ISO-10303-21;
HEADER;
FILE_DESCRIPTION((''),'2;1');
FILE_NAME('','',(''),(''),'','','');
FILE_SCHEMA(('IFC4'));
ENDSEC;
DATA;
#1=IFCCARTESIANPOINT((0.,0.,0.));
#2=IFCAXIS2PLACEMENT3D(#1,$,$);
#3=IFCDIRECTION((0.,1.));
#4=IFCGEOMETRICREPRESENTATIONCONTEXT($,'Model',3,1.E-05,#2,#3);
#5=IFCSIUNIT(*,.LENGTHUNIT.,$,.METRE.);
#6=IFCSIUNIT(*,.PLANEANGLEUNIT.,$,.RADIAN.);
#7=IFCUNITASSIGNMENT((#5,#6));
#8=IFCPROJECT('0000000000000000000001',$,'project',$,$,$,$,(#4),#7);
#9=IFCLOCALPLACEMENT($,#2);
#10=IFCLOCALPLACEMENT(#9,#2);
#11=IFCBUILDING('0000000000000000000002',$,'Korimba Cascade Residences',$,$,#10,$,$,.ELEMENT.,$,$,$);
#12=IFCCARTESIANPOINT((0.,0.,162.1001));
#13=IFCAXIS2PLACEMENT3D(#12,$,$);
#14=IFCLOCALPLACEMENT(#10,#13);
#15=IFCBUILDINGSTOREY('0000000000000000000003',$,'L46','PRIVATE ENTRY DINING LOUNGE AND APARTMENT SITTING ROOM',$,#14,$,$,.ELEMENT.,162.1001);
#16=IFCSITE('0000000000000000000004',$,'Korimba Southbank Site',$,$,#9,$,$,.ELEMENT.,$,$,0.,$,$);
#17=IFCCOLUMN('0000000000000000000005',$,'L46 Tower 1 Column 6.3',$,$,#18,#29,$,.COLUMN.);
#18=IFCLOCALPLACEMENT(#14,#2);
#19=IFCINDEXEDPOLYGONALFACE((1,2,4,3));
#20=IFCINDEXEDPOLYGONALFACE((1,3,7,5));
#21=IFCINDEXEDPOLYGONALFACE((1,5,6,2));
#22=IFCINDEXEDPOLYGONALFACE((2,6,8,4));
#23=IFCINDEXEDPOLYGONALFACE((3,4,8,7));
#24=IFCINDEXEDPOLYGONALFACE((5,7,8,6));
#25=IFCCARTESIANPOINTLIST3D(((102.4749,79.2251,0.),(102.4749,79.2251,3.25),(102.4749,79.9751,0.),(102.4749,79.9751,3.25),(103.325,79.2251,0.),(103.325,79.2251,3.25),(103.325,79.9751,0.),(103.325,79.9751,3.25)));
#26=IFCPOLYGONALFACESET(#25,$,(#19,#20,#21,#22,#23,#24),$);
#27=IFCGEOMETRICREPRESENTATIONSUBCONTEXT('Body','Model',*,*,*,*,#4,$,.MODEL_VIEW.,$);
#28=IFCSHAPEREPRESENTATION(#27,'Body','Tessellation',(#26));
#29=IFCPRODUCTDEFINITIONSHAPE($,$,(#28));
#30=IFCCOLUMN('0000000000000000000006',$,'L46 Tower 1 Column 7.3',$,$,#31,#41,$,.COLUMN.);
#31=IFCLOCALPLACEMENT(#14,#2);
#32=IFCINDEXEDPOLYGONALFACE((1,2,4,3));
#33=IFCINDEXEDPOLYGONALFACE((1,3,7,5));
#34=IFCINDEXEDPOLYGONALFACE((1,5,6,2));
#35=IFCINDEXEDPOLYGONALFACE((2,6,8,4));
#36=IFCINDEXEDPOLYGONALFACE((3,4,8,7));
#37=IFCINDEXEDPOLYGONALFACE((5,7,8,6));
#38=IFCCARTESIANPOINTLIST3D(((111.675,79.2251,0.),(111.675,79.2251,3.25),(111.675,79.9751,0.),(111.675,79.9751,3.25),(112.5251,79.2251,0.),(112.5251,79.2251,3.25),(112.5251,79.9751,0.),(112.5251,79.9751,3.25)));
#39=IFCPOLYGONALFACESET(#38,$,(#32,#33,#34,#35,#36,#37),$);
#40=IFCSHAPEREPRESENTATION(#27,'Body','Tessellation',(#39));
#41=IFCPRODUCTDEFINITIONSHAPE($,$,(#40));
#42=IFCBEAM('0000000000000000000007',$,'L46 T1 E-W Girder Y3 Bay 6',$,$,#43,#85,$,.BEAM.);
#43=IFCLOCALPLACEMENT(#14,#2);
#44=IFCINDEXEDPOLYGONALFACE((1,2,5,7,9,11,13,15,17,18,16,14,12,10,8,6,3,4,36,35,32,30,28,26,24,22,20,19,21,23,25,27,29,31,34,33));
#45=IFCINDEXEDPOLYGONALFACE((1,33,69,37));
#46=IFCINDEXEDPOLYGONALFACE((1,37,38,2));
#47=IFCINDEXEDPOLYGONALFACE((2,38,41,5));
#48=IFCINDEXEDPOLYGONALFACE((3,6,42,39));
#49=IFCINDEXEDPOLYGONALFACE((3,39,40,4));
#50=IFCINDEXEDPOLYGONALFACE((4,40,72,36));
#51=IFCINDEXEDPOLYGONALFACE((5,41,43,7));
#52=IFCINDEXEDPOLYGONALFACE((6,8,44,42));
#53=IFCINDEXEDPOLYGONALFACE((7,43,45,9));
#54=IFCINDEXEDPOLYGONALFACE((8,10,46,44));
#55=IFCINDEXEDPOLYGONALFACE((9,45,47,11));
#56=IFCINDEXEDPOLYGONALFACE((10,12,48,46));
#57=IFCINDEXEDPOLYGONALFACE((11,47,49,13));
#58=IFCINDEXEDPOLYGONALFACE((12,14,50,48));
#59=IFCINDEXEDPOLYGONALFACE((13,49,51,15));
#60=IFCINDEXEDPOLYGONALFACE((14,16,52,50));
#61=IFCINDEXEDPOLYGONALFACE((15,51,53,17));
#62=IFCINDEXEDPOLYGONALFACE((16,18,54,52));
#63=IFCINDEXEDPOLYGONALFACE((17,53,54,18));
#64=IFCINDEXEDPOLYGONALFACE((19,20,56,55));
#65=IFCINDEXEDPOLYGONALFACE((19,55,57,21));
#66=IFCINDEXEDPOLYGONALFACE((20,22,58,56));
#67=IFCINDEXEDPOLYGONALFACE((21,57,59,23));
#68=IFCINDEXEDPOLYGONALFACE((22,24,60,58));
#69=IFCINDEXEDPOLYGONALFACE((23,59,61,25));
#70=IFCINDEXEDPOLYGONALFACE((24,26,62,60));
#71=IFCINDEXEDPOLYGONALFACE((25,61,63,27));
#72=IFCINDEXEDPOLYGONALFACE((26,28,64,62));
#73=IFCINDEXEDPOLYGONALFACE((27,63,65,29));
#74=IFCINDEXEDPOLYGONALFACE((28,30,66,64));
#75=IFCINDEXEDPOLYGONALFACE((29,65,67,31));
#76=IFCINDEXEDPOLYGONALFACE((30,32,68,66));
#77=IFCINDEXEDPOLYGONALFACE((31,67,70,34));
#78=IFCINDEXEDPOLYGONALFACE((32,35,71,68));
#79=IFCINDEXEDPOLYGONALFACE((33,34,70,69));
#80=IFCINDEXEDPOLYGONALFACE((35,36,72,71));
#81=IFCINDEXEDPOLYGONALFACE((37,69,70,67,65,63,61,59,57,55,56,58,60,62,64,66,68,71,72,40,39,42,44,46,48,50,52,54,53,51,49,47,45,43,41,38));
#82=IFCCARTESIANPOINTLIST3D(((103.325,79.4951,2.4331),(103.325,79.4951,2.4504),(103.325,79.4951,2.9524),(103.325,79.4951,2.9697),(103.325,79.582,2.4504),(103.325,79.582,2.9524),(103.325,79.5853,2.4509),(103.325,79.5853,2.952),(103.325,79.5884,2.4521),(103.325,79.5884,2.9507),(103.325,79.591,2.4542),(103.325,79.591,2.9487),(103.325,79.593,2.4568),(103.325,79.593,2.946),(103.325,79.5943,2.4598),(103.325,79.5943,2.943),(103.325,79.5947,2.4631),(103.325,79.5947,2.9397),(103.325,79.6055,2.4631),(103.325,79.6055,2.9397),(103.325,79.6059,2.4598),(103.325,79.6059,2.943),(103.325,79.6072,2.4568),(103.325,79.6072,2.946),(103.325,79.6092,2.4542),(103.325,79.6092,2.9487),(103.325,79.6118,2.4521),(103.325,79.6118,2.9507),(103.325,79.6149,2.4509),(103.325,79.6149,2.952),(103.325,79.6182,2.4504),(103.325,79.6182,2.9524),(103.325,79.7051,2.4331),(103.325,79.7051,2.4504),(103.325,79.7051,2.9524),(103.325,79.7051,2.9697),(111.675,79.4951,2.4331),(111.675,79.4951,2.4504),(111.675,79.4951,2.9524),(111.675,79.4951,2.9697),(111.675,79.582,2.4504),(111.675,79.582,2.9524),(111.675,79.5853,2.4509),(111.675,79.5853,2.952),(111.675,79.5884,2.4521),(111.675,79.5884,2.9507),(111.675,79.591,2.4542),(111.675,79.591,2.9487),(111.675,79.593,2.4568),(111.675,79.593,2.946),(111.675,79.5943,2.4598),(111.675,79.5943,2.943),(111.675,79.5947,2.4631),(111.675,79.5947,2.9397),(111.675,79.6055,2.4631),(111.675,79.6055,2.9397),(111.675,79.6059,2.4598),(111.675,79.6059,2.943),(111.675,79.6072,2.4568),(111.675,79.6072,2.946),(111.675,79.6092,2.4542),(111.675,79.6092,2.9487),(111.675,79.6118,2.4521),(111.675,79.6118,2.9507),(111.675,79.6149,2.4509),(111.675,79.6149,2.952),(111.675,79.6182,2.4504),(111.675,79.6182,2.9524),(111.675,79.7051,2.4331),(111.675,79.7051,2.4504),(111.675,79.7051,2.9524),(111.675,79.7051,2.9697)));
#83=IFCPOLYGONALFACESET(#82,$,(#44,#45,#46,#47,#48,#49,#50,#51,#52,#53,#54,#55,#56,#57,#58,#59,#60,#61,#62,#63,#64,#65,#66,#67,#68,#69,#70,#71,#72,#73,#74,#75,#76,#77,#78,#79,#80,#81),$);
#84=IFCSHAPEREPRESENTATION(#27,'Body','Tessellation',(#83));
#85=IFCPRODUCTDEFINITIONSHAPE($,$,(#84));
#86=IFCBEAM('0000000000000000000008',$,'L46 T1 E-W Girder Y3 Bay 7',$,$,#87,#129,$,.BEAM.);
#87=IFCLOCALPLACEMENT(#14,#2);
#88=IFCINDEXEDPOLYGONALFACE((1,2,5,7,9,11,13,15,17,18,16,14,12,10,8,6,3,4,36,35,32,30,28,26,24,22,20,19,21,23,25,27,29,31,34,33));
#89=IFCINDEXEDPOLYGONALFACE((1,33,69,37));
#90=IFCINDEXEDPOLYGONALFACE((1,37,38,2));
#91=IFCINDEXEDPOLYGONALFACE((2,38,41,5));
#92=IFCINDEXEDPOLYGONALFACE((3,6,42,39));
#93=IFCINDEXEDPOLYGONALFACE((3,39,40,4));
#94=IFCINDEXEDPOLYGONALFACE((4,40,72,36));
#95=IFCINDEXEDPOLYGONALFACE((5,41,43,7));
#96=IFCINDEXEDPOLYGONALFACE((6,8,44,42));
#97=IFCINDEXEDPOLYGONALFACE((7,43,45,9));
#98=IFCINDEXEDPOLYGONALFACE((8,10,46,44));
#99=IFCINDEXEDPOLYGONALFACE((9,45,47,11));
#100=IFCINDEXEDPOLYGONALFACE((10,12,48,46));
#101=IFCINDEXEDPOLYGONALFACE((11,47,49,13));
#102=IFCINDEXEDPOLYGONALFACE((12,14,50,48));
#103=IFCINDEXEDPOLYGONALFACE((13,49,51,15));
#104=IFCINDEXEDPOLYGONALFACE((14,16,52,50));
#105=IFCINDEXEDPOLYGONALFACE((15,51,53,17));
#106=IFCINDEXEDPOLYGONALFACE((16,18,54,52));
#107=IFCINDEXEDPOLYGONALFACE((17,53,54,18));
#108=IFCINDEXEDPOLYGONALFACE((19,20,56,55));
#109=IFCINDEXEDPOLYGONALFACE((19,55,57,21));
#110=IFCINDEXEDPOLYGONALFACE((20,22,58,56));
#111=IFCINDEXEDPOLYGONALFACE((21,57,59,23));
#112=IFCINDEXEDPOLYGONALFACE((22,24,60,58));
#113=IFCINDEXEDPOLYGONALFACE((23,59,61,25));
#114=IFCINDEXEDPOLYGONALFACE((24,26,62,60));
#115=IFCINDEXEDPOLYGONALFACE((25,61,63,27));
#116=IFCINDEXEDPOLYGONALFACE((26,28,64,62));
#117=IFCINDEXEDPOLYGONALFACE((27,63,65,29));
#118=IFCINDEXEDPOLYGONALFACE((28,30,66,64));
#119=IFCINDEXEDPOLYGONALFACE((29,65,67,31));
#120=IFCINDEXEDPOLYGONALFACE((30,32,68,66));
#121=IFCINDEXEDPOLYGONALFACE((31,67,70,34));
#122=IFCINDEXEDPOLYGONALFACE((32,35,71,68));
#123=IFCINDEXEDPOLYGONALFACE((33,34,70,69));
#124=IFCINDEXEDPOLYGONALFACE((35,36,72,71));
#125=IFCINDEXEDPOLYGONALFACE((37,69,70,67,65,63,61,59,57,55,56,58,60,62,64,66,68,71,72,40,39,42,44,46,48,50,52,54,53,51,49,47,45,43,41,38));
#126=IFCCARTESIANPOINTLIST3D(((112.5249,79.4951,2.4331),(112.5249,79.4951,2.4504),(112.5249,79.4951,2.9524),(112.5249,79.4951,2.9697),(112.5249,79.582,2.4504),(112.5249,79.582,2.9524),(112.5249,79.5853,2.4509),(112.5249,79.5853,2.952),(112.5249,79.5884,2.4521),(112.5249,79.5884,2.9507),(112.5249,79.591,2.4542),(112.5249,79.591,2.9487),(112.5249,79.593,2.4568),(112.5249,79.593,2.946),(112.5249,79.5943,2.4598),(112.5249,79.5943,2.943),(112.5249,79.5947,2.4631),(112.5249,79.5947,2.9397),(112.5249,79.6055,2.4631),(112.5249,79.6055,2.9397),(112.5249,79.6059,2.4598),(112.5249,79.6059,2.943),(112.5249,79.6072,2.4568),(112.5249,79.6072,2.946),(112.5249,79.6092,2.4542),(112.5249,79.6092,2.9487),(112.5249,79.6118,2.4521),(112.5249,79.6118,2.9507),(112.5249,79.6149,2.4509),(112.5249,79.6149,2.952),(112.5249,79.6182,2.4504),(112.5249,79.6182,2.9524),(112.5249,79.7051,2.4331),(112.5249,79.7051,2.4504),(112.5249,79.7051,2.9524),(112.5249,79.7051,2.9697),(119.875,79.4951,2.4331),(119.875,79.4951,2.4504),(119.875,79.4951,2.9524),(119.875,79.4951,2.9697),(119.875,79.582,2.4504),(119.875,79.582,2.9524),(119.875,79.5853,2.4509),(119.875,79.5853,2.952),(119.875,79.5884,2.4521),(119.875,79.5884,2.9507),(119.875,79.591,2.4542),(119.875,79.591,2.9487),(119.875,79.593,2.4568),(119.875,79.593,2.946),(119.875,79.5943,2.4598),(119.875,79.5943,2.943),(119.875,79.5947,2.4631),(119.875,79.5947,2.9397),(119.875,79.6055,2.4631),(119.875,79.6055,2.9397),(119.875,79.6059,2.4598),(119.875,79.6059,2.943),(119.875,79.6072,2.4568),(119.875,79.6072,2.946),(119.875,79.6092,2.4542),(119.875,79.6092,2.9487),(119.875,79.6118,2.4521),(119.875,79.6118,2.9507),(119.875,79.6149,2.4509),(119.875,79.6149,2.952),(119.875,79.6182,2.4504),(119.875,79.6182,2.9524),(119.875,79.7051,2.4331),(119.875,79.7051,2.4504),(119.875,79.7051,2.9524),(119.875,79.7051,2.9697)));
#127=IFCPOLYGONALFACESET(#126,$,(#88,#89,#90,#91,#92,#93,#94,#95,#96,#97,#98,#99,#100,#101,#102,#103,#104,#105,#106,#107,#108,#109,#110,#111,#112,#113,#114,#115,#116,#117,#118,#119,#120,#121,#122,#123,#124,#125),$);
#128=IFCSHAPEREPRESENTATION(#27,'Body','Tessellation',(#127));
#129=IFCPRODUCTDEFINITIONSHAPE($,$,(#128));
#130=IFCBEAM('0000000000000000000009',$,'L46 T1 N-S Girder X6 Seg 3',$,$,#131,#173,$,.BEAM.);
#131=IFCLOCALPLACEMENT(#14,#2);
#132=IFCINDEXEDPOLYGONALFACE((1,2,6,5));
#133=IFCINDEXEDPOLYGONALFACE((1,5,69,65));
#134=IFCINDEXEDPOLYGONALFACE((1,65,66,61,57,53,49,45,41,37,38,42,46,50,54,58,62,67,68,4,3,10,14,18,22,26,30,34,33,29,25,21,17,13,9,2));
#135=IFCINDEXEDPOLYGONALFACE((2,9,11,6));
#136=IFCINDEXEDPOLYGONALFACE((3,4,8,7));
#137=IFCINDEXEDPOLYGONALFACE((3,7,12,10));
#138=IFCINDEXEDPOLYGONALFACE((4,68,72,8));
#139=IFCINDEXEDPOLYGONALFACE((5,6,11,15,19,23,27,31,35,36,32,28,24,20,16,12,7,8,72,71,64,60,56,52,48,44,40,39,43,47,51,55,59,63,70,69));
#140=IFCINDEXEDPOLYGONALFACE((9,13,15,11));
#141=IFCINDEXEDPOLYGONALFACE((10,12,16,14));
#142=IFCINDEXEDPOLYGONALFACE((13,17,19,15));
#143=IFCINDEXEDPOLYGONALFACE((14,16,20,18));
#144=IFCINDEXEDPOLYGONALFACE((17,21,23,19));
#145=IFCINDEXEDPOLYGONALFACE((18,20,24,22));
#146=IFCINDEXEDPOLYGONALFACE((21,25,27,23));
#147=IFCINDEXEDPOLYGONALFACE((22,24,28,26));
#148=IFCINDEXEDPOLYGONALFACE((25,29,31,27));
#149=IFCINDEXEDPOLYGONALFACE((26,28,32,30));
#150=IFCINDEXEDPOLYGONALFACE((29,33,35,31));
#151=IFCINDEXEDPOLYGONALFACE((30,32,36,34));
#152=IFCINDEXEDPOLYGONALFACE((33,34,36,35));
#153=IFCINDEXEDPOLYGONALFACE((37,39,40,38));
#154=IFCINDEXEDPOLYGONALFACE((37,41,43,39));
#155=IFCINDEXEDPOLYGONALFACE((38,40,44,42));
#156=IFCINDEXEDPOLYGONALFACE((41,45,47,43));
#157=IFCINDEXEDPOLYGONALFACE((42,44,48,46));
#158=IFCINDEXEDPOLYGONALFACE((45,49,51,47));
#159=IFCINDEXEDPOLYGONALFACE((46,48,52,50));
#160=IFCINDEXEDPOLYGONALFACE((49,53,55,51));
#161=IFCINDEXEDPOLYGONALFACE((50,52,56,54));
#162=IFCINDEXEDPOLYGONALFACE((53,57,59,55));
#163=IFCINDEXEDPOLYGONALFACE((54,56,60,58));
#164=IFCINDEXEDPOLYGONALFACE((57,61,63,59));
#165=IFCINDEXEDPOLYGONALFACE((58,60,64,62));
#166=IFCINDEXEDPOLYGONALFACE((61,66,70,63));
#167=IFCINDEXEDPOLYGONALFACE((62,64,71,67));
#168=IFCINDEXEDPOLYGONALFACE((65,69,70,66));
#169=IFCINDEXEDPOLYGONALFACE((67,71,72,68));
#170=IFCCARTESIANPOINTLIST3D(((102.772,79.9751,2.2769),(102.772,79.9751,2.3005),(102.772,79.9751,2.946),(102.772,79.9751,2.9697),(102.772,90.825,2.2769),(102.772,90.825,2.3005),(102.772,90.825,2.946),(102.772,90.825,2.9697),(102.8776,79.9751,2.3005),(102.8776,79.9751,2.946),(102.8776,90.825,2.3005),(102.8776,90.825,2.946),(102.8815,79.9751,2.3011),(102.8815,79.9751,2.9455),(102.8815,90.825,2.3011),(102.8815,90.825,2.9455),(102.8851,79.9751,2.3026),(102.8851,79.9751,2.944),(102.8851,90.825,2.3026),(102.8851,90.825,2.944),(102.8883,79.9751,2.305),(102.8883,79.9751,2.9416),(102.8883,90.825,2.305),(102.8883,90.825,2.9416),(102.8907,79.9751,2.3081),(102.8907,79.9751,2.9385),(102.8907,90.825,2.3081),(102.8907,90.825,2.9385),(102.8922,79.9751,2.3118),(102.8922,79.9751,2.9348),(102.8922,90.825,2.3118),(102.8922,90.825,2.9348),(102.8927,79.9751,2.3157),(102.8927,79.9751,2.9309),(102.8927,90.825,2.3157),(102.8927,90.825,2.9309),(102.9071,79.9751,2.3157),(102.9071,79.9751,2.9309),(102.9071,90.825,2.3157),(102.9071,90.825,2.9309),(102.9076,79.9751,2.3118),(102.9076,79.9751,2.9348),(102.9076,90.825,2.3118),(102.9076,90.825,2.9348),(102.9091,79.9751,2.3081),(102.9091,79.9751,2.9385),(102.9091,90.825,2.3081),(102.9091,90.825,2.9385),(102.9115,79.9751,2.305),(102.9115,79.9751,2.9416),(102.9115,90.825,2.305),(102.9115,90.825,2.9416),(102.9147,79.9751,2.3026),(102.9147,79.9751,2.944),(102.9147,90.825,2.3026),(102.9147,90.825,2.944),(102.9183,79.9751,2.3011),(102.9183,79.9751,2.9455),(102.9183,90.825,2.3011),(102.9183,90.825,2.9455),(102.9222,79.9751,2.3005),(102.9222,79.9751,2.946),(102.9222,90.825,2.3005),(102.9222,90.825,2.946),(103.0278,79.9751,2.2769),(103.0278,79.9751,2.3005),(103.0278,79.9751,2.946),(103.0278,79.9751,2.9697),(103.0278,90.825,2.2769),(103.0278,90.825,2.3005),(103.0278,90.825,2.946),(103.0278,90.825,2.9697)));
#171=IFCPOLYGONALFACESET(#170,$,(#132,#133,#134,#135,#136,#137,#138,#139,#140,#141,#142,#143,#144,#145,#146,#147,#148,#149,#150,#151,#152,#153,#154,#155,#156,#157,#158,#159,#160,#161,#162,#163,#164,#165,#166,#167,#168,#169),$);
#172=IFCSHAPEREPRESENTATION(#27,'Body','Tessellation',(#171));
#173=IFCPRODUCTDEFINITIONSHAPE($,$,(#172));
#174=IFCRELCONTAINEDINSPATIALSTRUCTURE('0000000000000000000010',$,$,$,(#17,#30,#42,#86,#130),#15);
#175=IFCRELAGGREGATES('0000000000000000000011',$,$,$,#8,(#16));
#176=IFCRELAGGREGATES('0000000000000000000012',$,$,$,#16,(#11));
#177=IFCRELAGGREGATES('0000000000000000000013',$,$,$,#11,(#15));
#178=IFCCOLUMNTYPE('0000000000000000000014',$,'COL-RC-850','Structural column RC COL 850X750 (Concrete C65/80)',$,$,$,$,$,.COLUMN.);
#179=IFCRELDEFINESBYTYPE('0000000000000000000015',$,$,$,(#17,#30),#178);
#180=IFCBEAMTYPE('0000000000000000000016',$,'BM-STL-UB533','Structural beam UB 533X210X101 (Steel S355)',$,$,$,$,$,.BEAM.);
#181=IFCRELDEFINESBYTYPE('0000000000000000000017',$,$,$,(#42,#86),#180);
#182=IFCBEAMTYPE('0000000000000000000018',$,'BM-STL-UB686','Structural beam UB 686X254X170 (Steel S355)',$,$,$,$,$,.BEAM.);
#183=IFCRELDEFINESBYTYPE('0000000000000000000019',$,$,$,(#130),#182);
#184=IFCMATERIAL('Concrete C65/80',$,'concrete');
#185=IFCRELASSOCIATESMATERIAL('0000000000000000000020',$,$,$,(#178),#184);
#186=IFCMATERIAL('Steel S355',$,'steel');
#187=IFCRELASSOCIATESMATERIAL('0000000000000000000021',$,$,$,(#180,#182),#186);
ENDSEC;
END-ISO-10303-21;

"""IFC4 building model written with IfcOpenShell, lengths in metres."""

from ifc_helpers import new_model, si_unit, direction, frame, origin, origin_2d, place, context, subcontext, project, spatial, rectangle, i_section, extrude, material, material_profile, profile_set, type_object, element, save


model = new_model("IFC4")

# Units and contexts
model_context = context("Model", 3, precision=1e-05, world=origin(), true_north=direction((0.0, 1.0)))
body_context = subcontext(model_context, "Body", "Model", "MODEL_VIEW")
ifc_project = project(units=[si_unit("LENGTHUNIT", "METRE"), si_unit("PLANEANGLEUNIT", "RADIAN")], contexts=[model_context])

# Site, building, storey
site_placement = place(None, origin())
site = spatial("IfcSite", under=ifc_project, at=site_placement, Name="Korimba Southbank Site", CompositionType="ELEMENT", RefElevation=0.0)
building_placement = place(site_placement, origin())
building = spatial("IfcBuilding", under=site, at=building_placement, Name="Korimba Cascade Residences", CompositionType="ELEMENT")
storey_placement = place(building_placement, frame((0.0, 0.0, 162.1001)))
storey = spatial("IfcBuildingStorey", under=building, at=storey_placement, Name="L46", Description="PRIVATE ENTRY DINING LOUNGE AND APARTMENT SITTING ROOM", CompositionType="ELEMENT", Elevation=162.1001)

# Columns
ifc_material_1 = material(Name="Concrete C65/80", Category="concrete")
ifc_material_profile_1 = material_profile(ifc_material_1, rectangle(XDim=0.8501, YDim=0.75, at=origin_2d()), Name="Concrete C65/80")
ifc_profile_set_1 = profile_set([ifc_material_profile_1], Name="Concrete C65/80")
column_type = type_object("IfcColumnType", Name="COL-RC-850", Description="Structural column RC COL 850X750 (Concrete C65/80)", PredefinedType="COLUMN", material=ifc_profile_set_1)
for number, where, z_axis, x_axis, name in (
    (1, (102.8999, 79.6001, 0.0), (0.0, 0.0, 1.0), (1.0, 0.0, 0.0), "L46 Tower 1 Column 6.3"),
    (2, (112.1001, 79.6001, 0.0), (0.0, 0.0, 1.0), (1.0, 0.0, 0.0), "L46 Tower 1 Column 7.3"),
):
    element("IfcColumn", number, at=place(storey_placement, frame(where, z_axis=z_axis, x_axis=x_axis)), inside=storey, type_object=column_type, Name=name, PredefinedType="COLUMN", context=body_context, shape_type="SweptSolid", body=[
        extrude(rectangle(XDim=0.8501, YDim=0.75, at=origin_2d()), origin(), (0.0, 0.0, 1.0), 3.25),
    ])

# Beams
ifc_material_2 = material(Name="Steel S355", Category="steel")
ifc_material_profile_2 = material_profile(ifc_material_2, i_section(OverallWidth=0.21, OverallDepth=0.5366, WebThickness=0.0107, FlangeThickness=0.0173, FilletRadius=0.0127, at=origin_2d()), Name="Steel S355")
ifc_profile_set_2 = profile_set([ifc_material_profile_2], Name="Steel S355")
beam_type_1 = type_object("IfcBeamType", Name="BM-STL-UB533", Description="Structural beam UB 533X210X101 (Steel S355)", PredefinedType="BEAM", material=ifc_profile_set_2)
beam_1_placement = place(storey_placement, frame((103.325, 79.6001, 2.7014), z_axis=(1.0, 0.0, 0.0), x_axis=(0.0, 1.0, 0.0)))
element("IfcBeam", 3, at=beam_1_placement, inside=storey, type_object=beam_type_1, Name="L46 T1 E-W Girder Y3 Bay 6", PredefinedType="BEAM", context=body_context, shape_type="SweptSolid", body=[
    extrude(i_section(OverallWidth=0.21, OverallDepth=0.5366, WebThickness=0.0107, FlangeThickness=0.0173, FilletRadius=0.0127, at=origin_2d()), origin(), (0.0, 0.0, 1.0), 8.3501),
])
beam_2_placement = place(storey_placement, frame((112.5249, 79.6001, 2.7014), z_axis=(1.0, 0.0, 0.0), x_axis=(0.0, 1.0, 0.0)))
element("IfcBeam", 4, at=beam_2_placement, inside=storey, type_object=beam_type_1, Name="L46 T1 E-W Girder Y3 Bay 7", PredefinedType="BEAM", context=body_context, shape_type="SweptSolid", body=[
    extrude(i_section(OverallWidth=0.21, OverallDepth=0.5366, WebThickness=0.0107, FlangeThickness=0.0173, FilletRadius=0.0127, at=origin_2d()), origin(), (0.0, 0.0, 1.0), 7.3501),
])
ifc_material_profile_3 = material_profile(ifc_material_2, i_section(OverallWidth=0.2559, OverallDepth=0.6929, WebThickness=0.0144, FlangeThickness=0.0237, FilletRadius=0.0151, at=origin_2d()), Name="Steel S355")
ifc_profile_set_3 = profile_set([ifc_material_profile_3], Name="Steel S355")
beam_type_2 = type_object("IfcBeamType", Name="BM-STL-UB686", Description="Structural beam UB 686X254X170 (Steel S355)", PredefinedType="BEAM", material=ifc_profile_set_3)
beam_3_placement = place(storey_placement, frame((102.8999, 79.9751, 2.6233), z_axis=(0.0, 1.0, 0.0), x_axis=(-1.0, 0.0, 0.0)))
element("IfcBeam", 5, at=beam_3_placement, inside=storey, type_object=beam_type_2, Name="L46 T1 N-S Girder X6 Seg 3", PredefinedType="BEAM", context=body_context, shape_type="SweptSolid", body=[
    extrude(i_section(OverallWidth=0.2559, OverallDepth=0.6929, WebThickness=0.0144, FlangeThickness=0.0237, FilletRadius=0.0151, at=origin_2d()), origin(), (0.0, 0.0, 1.0), 10.8499),
])

save(model, "model.ifc")
